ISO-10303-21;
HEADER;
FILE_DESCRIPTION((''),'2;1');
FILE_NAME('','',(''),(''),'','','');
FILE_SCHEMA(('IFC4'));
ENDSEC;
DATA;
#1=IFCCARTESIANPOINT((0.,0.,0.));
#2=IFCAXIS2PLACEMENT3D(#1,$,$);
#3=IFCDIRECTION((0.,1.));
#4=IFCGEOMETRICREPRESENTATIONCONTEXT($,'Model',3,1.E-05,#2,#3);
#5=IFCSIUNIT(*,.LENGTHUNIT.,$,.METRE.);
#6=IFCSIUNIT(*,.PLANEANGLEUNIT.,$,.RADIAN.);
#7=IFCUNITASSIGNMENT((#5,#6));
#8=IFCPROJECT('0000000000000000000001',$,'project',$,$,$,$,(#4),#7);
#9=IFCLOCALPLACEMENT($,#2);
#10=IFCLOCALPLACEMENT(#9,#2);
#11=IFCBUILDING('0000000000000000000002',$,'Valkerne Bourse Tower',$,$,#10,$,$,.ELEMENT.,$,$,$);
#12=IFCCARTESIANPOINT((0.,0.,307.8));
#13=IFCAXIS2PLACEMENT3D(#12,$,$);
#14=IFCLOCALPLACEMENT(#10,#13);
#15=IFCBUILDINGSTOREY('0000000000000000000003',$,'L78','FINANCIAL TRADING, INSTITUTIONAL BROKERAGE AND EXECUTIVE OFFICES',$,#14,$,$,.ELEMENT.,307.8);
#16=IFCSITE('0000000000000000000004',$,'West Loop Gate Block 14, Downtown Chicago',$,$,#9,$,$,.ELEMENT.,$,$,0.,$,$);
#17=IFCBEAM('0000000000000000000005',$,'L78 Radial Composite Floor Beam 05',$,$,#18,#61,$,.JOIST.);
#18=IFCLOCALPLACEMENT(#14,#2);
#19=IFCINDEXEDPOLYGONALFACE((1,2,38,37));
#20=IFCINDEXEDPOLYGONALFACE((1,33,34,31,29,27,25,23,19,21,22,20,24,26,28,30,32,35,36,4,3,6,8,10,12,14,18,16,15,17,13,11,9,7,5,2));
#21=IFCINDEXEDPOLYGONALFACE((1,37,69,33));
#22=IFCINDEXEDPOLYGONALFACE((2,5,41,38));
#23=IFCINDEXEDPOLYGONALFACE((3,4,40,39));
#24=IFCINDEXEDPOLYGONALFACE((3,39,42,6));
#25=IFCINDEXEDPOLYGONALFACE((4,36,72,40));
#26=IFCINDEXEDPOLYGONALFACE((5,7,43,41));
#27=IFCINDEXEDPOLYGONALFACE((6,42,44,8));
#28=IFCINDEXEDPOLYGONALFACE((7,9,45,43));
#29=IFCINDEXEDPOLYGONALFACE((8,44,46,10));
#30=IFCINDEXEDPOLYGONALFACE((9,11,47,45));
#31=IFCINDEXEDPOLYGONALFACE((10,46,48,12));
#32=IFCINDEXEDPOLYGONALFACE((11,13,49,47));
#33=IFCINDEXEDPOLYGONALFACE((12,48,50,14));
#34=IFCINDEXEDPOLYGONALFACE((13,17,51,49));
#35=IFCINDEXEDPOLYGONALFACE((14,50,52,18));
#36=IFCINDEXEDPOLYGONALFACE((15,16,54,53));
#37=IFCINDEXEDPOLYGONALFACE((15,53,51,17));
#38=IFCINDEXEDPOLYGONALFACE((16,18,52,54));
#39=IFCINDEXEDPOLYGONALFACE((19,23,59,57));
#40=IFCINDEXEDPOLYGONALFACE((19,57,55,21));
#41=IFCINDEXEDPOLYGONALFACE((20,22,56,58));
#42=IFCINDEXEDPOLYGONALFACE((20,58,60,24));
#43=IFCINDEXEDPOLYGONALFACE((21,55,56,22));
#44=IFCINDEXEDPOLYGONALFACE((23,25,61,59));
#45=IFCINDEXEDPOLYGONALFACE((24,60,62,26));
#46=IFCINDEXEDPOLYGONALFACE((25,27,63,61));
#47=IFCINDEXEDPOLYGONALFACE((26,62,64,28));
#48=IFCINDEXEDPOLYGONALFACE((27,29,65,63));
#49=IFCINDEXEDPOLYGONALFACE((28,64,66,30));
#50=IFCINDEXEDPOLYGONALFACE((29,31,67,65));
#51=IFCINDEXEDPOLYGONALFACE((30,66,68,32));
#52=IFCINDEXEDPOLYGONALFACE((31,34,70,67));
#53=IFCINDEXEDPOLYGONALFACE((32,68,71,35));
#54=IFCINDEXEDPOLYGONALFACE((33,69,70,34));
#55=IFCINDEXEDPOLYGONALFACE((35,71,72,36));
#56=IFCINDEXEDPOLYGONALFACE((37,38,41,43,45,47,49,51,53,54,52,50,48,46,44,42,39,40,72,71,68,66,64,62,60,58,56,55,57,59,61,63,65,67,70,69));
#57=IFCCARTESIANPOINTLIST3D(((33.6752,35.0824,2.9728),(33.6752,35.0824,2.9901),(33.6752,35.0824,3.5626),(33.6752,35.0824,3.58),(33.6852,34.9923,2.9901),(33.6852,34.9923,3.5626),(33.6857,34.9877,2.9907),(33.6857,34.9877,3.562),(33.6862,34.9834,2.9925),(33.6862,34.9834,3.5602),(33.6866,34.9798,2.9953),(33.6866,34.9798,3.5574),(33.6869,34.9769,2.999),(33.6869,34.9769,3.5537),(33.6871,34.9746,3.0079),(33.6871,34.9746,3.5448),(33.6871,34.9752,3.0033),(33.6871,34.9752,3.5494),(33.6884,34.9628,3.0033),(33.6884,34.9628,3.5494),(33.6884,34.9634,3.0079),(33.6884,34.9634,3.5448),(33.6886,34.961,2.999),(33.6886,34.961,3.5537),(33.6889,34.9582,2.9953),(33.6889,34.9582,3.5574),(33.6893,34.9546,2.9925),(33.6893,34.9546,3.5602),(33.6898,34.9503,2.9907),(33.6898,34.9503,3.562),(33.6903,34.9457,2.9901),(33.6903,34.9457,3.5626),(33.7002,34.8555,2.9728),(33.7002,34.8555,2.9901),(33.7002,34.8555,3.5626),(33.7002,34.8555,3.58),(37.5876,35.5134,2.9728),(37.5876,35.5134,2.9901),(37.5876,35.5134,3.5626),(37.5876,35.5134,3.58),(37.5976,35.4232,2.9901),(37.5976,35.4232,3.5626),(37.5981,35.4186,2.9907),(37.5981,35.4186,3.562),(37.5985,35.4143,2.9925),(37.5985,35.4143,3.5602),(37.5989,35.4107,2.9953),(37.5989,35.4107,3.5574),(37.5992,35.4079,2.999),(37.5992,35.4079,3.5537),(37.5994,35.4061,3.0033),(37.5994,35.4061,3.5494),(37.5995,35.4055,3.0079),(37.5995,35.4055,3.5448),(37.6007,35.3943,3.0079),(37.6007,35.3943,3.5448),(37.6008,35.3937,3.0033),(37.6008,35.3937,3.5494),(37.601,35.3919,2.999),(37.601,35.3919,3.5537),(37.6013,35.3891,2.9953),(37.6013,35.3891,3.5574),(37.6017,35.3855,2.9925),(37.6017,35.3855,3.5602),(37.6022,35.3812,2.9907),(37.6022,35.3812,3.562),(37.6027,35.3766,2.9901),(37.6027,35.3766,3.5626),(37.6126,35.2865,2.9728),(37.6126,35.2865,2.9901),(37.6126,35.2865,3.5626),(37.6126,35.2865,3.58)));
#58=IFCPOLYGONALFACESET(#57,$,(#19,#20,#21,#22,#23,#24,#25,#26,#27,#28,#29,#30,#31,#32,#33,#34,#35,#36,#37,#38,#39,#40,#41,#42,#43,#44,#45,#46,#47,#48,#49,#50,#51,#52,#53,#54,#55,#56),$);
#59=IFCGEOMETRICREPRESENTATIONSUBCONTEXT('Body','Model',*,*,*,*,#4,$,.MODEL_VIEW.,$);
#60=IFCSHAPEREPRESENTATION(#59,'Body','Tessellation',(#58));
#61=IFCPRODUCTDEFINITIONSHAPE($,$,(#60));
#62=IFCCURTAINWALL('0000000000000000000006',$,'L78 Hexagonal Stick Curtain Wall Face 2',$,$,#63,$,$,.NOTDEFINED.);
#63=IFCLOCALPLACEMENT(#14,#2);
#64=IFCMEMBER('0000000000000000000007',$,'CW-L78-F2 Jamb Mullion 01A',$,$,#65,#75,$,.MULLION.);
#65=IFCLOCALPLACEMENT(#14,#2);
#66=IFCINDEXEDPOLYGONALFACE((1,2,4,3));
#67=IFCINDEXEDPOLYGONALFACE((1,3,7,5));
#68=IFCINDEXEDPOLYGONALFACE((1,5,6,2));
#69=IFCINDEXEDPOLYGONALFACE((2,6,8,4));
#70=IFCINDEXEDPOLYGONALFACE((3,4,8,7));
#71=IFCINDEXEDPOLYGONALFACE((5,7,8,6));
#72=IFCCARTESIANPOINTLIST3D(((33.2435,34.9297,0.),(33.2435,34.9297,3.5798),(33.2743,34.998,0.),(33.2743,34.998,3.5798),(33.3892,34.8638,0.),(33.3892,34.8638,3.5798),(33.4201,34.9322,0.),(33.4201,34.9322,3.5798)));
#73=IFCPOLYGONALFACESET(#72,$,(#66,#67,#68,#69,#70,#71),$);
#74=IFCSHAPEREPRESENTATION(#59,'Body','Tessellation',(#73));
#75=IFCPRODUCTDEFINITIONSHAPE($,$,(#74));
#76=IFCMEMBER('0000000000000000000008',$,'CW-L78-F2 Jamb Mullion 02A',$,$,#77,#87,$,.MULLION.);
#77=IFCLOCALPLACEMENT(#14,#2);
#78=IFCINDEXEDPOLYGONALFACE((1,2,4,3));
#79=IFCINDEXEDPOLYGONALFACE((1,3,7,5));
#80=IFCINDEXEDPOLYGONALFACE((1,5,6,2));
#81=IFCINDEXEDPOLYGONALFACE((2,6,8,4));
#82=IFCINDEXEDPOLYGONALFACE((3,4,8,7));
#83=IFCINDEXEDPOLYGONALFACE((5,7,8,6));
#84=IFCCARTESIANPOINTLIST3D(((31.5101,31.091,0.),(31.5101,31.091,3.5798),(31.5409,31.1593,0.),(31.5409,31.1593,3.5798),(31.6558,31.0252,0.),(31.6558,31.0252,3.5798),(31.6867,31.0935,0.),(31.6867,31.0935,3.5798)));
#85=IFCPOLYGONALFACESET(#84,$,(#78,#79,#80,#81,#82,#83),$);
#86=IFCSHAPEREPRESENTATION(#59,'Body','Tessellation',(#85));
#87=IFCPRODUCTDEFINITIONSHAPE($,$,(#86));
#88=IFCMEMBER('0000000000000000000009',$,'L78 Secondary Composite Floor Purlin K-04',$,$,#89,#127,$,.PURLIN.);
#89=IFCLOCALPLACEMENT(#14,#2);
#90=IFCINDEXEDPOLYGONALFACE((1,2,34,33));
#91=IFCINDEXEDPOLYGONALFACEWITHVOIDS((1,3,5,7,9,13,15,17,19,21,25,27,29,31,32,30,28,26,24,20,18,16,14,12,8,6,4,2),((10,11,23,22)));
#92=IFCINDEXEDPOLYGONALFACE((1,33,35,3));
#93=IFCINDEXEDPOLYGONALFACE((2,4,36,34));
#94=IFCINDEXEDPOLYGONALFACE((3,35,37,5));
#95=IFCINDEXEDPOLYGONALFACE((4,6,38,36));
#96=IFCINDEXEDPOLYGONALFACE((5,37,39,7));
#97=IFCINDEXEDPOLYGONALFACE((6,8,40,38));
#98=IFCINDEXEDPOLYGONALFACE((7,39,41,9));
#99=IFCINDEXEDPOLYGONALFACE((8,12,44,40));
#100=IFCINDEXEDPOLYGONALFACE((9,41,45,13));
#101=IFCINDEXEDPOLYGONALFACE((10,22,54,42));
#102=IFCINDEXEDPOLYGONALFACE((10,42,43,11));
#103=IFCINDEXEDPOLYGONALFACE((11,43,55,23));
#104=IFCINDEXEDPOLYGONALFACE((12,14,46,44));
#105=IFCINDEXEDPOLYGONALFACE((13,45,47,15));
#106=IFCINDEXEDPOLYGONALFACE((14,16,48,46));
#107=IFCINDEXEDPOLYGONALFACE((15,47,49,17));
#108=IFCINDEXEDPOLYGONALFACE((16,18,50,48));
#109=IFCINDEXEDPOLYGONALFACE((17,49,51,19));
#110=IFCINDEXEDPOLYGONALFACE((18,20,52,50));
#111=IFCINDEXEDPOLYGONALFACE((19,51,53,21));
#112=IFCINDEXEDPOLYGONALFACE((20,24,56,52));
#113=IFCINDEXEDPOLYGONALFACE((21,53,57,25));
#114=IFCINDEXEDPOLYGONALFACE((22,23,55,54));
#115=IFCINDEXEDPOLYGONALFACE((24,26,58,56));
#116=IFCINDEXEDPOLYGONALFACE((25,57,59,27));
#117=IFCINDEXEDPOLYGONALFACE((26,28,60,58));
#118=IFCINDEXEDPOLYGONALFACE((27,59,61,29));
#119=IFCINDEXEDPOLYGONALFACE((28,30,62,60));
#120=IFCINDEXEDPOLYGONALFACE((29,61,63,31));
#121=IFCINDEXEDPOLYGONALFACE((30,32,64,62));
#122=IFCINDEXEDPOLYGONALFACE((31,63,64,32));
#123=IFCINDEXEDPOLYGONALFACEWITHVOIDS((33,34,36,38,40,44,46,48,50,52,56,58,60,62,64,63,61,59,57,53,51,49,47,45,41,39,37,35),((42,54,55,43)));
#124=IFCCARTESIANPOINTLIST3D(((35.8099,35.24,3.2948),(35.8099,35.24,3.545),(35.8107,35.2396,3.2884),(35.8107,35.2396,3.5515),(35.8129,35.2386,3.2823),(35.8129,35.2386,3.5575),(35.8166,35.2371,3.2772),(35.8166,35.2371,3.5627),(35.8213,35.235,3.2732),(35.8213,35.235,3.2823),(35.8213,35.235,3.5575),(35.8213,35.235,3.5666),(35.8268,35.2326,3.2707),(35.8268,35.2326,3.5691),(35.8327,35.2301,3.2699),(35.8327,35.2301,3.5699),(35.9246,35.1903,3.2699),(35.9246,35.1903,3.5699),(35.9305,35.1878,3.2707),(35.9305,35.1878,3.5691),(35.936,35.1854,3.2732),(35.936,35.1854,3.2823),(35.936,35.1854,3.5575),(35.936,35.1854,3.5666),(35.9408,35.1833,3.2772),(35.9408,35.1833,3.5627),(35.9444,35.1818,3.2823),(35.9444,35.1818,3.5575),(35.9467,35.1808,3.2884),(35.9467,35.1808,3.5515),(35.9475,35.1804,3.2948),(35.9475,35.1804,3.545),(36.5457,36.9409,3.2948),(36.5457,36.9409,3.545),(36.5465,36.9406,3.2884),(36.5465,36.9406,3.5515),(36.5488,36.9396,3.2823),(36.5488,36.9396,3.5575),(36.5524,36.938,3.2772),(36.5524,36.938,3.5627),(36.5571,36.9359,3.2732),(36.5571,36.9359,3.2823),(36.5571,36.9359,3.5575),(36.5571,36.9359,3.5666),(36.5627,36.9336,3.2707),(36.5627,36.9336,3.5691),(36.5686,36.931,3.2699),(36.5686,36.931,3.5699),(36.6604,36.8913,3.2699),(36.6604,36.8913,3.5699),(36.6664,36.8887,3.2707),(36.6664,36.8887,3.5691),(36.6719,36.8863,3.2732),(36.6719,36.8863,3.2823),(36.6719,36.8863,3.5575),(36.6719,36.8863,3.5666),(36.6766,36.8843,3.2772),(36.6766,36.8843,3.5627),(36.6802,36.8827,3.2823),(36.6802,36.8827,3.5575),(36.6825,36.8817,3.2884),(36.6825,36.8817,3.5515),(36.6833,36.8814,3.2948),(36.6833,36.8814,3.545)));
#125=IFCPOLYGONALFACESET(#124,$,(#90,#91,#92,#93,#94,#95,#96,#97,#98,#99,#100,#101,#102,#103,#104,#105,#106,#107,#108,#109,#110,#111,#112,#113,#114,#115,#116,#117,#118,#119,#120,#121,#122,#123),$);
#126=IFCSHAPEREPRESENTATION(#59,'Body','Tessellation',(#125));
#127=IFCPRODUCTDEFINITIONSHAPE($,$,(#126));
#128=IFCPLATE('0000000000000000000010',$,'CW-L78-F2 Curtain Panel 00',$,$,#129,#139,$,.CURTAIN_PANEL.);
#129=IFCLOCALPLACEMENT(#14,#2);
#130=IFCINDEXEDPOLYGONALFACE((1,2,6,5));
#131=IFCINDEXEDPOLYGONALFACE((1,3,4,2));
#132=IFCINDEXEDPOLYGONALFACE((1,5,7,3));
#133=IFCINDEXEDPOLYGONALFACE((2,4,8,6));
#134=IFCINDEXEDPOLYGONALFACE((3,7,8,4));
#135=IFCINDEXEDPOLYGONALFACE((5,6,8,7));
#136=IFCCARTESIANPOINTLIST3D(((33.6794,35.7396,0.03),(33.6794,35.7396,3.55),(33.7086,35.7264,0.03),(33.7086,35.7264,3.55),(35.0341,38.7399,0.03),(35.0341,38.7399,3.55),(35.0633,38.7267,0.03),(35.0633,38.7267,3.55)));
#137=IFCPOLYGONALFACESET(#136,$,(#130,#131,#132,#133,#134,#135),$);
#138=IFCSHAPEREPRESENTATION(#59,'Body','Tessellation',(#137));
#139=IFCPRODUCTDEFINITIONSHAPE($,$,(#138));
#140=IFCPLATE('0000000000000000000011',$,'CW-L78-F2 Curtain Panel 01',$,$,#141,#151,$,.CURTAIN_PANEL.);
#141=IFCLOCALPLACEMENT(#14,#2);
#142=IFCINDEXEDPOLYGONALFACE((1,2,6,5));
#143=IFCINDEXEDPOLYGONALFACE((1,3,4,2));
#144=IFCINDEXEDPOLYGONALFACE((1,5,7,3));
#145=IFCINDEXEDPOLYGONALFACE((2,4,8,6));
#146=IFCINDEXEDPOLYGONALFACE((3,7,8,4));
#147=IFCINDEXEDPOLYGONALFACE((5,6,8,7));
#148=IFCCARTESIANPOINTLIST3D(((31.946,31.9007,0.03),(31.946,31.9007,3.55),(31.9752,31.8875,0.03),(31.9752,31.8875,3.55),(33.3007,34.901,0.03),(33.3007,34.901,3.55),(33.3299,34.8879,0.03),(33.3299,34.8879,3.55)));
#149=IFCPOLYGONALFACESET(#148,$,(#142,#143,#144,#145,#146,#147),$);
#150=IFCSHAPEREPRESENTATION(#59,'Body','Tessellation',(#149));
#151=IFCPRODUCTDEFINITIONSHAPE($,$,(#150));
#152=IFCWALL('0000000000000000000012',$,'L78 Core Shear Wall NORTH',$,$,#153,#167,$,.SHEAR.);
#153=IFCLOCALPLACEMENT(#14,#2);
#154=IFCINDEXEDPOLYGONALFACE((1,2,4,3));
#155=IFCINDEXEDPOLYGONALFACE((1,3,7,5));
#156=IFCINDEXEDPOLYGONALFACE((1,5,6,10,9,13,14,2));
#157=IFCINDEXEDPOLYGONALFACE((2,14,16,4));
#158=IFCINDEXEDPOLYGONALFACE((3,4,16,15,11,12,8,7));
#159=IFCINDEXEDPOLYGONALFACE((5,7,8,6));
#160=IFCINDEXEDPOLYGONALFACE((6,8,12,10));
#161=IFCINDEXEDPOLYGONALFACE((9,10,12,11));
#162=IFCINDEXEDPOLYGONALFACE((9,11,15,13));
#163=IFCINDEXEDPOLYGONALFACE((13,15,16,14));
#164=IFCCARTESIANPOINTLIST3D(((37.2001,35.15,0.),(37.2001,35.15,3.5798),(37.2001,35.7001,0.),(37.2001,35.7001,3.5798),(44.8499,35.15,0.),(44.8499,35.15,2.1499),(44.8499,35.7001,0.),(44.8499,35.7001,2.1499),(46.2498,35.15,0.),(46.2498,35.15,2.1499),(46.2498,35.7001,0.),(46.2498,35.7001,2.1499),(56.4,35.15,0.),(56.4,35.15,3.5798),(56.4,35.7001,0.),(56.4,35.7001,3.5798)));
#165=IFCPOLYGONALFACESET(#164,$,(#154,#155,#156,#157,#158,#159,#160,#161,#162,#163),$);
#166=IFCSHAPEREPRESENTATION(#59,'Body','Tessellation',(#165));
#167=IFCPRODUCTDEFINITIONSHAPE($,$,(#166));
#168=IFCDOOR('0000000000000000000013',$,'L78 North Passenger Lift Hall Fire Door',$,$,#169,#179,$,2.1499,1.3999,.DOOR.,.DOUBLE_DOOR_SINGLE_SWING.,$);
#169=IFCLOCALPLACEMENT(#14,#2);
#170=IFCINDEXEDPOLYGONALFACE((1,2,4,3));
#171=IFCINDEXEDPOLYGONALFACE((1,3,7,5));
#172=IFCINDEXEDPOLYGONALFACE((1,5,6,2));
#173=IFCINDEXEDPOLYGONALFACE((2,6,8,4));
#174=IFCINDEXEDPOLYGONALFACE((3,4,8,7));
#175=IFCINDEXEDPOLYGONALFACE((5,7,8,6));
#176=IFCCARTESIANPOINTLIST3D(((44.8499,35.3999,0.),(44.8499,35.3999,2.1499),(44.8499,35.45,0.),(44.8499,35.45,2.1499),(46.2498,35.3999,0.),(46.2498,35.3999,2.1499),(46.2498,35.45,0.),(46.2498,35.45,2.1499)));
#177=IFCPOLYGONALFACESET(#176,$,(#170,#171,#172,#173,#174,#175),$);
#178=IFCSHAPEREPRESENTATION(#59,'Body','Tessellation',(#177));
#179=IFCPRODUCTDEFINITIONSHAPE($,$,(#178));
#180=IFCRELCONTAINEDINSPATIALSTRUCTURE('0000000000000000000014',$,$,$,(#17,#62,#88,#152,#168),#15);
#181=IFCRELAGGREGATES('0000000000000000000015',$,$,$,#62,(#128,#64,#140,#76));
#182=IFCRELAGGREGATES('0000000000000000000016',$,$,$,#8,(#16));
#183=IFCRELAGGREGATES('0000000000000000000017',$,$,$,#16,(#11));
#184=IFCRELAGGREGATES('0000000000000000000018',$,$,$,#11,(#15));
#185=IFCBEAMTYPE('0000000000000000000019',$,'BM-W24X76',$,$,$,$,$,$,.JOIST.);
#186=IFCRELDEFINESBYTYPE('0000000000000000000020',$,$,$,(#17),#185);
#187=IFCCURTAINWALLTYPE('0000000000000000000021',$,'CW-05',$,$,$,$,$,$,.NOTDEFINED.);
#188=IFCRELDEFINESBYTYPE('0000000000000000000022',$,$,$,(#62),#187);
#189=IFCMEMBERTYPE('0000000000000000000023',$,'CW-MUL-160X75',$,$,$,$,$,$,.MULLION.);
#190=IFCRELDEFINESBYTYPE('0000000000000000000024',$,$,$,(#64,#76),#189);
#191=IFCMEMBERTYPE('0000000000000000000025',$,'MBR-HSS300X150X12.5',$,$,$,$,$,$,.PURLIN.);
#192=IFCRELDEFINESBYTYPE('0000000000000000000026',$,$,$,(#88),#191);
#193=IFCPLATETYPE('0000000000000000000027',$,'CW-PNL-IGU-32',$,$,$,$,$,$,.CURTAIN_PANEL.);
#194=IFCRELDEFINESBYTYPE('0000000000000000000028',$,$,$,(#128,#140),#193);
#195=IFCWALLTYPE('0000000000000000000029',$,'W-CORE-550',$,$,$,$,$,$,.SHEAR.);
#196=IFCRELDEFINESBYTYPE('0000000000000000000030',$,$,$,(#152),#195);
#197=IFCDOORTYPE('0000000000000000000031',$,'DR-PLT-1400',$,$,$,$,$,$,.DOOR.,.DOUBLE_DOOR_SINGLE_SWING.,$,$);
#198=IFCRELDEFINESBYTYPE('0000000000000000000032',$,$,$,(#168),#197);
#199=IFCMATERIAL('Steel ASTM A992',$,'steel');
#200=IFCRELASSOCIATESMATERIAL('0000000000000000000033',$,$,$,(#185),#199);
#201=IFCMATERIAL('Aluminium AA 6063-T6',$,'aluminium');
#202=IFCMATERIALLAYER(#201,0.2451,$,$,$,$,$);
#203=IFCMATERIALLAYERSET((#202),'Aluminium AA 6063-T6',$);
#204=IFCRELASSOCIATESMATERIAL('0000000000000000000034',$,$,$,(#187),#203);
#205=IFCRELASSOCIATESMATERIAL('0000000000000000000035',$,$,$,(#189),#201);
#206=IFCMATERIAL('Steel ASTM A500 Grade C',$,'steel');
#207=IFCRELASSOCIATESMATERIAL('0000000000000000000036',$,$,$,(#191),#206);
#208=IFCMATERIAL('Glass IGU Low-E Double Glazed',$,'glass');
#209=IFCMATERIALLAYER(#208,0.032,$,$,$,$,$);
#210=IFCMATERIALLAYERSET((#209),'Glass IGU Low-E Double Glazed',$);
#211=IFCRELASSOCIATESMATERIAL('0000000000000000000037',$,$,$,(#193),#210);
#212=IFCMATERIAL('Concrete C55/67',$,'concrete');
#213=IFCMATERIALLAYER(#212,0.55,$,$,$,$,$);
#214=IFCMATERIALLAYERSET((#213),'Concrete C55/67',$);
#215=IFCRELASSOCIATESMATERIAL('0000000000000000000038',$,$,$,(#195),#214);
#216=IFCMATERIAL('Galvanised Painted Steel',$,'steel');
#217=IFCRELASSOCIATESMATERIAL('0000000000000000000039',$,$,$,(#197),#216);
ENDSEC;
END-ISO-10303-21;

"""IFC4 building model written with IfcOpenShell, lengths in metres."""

from ifc_helpers import new_model, si_unit, direction, frame, frame_2d, origin, origin_2d, place, context, subcontext, project, spatial, rectangle, hollow_rectangle, i_section, extrude, material, layer, layer_set, material_profile, profile_set, type_object, element, fill, aggregate, save


model = new_model("IFC4")

# Units and contexts
model_context = context("Model", 3, precision=1e-05, world=origin(), true_north=direction((0.0, 1.0)))
body_context = subcontext(model_context, "Body", "Model", "MODEL_VIEW")
ifc_project = project(units=[si_unit("LENGTHUNIT", "METRE"), si_unit("PLANEANGLEUNIT", "RADIAN")], contexts=[model_context])

# Site, building, storey
site_placement = place(None, origin())
site = spatial("IfcSite", under=ifc_project, at=site_placement, Name="West Loop Gate Block 14, Downtown Chicago", CompositionType="ELEMENT", RefElevation=0.0)
building_placement = place(site_placement, origin())
building = spatial("IfcBuilding", under=site, at=building_placement, Name="Valkerne Bourse Tower", CompositionType="ELEMENT")
storey_placement = place(building_placement, frame((0.0, 0.0, 307.8)))
storey = spatial("IfcBuildingStorey", under=building, at=storey_placement, Name="L78", Description="FINANCIAL TRADING, INSTITUTIONAL BROKERAGE AND EXECUTIVE OFFICES", CompositionType="ELEMENT", Elevation=307.8)

# Beam
ifc_material_1 = material(Name="Steel ASTM A992", Category="steel")
ifc_material_profile_1 = material_profile(ifc_material_1, i_section(OverallWidth=0.2283, OverallDepth=0.6072, WebThickness=0.0112, FlangeThickness=0.0173, FilletRadius=0.0178, at=origin_2d()), Name="W24X76")
ifc_profile_set_1 = profile_set([ifc_material_profile_1], Name="Steel ASTM A992")
beam_type_1 = type_object("IfcBeamType", Name="BM-W24X76", PredefinedType="JOIST", material=ifc_profile_set_1)
beam_1_placement = place(storey_placement, frame((33.6877, 34.969, 3.2764), z_axis=(0.993989, 0.109478, 0.0), x_axis=(-0.109478, 0.993989, 0.0)))
element("IfcBeam", 1, at=beam_1_placement, inside=storey, type_object=beam_type_1, Name="L78 Radial Composite Floor Beam 05", PredefinedType="JOIST", context=body_context, shape_type="SweptSolid", body=[
    extrude(i_section(OverallWidth=0.2283, OverallDepth=0.6072, WebThickness=0.0112, FlangeThickness=0.0173, FilletRadius=0.0178, at=origin_2d()), origin(), (0.0, 0.0, 1.0), 3.936),
])

# Curtain wall, members
ifc_material_2 = material(Name="Aluminium AA 6063-T6", Category="aluminium")
ifc_layer_1 = layer(ifc_material_2, 0.2451)
ifc_layer_set_1 = layer_set([ifc_layer_1], Name="Aluminium AA 6063-T6")
curtain_wall_type = type_object("IfcCurtainWallType", Name="CW-05", PredefinedType="NOTDEFINED", material=ifc_layer_set_1)
curtain_wall_placement = place(storey_placement, origin())
curtain_wall = element("IfcCurtainWall", 2, at=curtain_wall_placement, inside=storey, type_object=curtain_wall_type, Name="L78 Hexagonal Stick Curtain Wall Face 2", PredefinedType="NOTDEFINED")
ifc_material_profile_2 = material_profile(ifc_material_2, rectangle(XDim=0.075, YDim=0.1599, at=origin_2d()), Name="CWM-75X160")
ifc_profile_set_2 = profile_set([ifc_material_profile_2], Name="Aluminium AA 6063-T6")
member_type_1 = type_object("IfcMemberType", Name="CW-MUL-160X75", PredefinedType="MULLION", material=ifc_profile_set_2)
member_1_placement = place(storey_placement, frame((33.3318, 34.9309, 0.0), z_axis=(0.0, 0.0, 1.0), x_axis=(-0.411517, -0.911402, 0.0)))
member_1 = element("IfcMember", 3, at=member_1_placement, type_object=member_type_1, Name="CW-L78-F2 Jamb Mullion 01A", PredefinedType="MULLION", context=body_context, shape_type="SweptSolid", body=[
    extrude(rectangle(XDim=0.075, YDim=0.1599, at=origin_2d()), origin(), (0.0, 0.0, 1.0), 3.5798),
])
member_2_placement = place(storey_placement, frame((31.5984, 31.0923, 0.0), z_axis=(0.0, 0.0, 1.0), x_axis=(-0.411517, -0.911402, 0.0)))
member_2 = element("IfcMember", 4, at=member_2_placement, type_object=member_type_1, Name="CW-L78-F2 Jamb Mullion 02A", PredefinedType="MULLION", context=body_context, shape_type="SweptSolid", body=[
    extrude(rectangle(XDim=0.075, YDim=0.1599, at=origin_2d()), origin(), (0.0, 0.0, 1.0), 3.5798),
])

# Member
ifc_material_3 = material(Name="Steel ASTM A500 Grade C", Category="steel")
ifc_material_profile_3 = material_profile(ifc_material_3, hollow_rectangle(XDim=0.1499, YDim=0.3, WallThickness=0.0125, OuterFilletRadius=0.0249, at=origin_2d()), Name="HSS300X150X12.5")
ifc_profile_set_3 = profile_set([ifc_material_profile_3], Name="Steel ASTM A500 Grade C")
member_type_2 = type_object("IfcMemberType", Name="MBR-HSS300X150X12.5", PredefinedType="PURLIN", material=ifc_profile_set_3)
member_3_placement = place(storey_placement, frame((36.6145, 36.9111, 3.4199), z_axis=(-0.397049, -0.917797, 0.0), x_axis=(0.917797, -0.397049, 0.0)))
element("IfcMember", 5, at=member_3_placement, inside=storey, type_object=member_type_2, Name="L78 Secondary Composite Floor Purlin K-04", PredefinedType="PURLIN", context=body_context, shape_type="SweptSolid", body=[
    extrude(hollow_rectangle(XDim=0.1499, YDim=0.3, WallThickness=0.0125, OuterFilletRadius=0.0249, at=origin_2d()), origin(), (0.0, 0.0, 1.0), 1.8533),
])

# Plates
ifc_material_4 = material(Name="Glass IGU Low-E Double Glazed", Category="glass")
ifc_layer_2 = layer(ifc_material_4, 0.032)
ifc_layer_set_2 = layer_set([ifc_layer_2], Name="Glass IGU Low-E Double Glazed")
plate_type = type_object("IfcPlateType", Name="CW-PNL-IGU-32", PredefinedType="CURTAIN_PANEL", material=ifc_layer_set_2)
plate_1_placement = place(storey_placement, frame((34.3713, 37.2332, 0.03), z_axis=(0.0, 0.0, 1.0), x_axis=(-0.411517, -0.911402, 0.0)))
plate_1 = element("IfcPlate", 6, at=plate_1_placement, type_object=plate_type, Name="CW-L78-F2 Curtain Panel 00", PredefinedType="CURTAIN_PANEL", context=body_context, shape_type="SweptSolid", body=[
    extrude(rectangle(XDim=3.292, YDim=0.032, at=origin_2d()), origin(), (0.0, 0.0, 1.0), 3.52),
])
plate_2_placement = place(storey_placement, frame((32.6379, 33.3943, 0.03), z_axis=(0.0, 0.0, 1.0), x_axis=(-0.411517, -0.911402, 0.0)))
plate_2 = element("IfcPlate", 7, at=plate_2_placement, type_object=plate_type, Name="CW-L78-F2 Curtain Panel 01", PredefinedType="CURTAIN_PANEL", context=body_context, shape_type="SweptSolid", body=[
    extrude(rectangle(XDim=3.292, YDim=0.032, at=origin_2d()), origin(), (0.0, 0.0, 1.0), 3.52),
])
aggregate(curtain_wall, [plate_1, member_1, plate_2, member_2])

# Wall, opening, door
ifc_material_5 = material(Name="Concrete C55/67", Category="concrete")
ifc_layer_3 = layer(ifc_material_5, 0.55)
ifc_layer_set_3 = layer_set([ifc_layer_3], Name="Concrete C55/67")
wall_type_1 = type_object("IfcWallType", Name="W-CORE-550", PredefinedType="SHEAR", material=ifc_layer_set_3)
wall_1_placement = place(storey_placement, frame((37.2, 35.425, 0.0), z_axis=(0.0, 0.0, 1.0), x_axis=(1.0, 0.0, 0.0)))
wall_1 = element("IfcWall", 8, at=wall_1_placement, inside=storey, type_object=wall_type_1, Name="L78 Core Shear Wall NORTH", PredefinedType="SHEAR", context=body_context, shape_type="SweptSolid", body=[
    extrude(rectangle(XDim=19.2, YDim=0.55, at=frame_2d((9.6001, 0.0))), origin(), (0.0, 0.0, 1.0), 3.5798),
])
opening_placement = place(wall_1_placement, frame((7.6499, 0.0, 0.0)))
opening = element("IfcOpeningElement", 9, at=opening_placement, cuts=wall_1, PredefinedType="OPENING", context=body_context, shape_type="SweptSolid", body=[
    extrude(rectangle(XDim=1.3999, YDim=2.1499, at=frame_2d((0.7, 1.075))), frame((0.0, 0.2849, 0.0), z_axis=(0.0, -1.0, 0.0), x_axis=(1.0, 0.0, 0.0)), (0.0, 0.0, 1.0), 0.5701),
])
ifc_material_6 = material(Name="Galvanised Painted Steel", Category="steel")
door_type = type_object("IfcDoorType", Name="DR-PLT-1400", OperationType="DOUBLE_DOOR_SINGLE_SWING", PredefinedType="DOOR", material=ifc_material_6)
door_placement = place(opening_placement, origin())
door = element("IfcDoor", 10, at=door_placement, inside=storey, type_object=door_type, Name="L78 North Passenger Lift Hall Fire Door", OperationType="DOUBLE_DOOR_SINGLE_SWING", OverallHeight=2.1499, OverallWidth=1.3999, PredefinedType="DOOR", context=body_context, shape_type="SweptSolid", body=[
    extrude(rectangle(XDim=1.3999, YDim=2.1499, at=frame_2d((0.7, 1.075))), frame((0.0, 0.0249, 0.0), z_axis=(0.0, -1.0, 0.0), x_axis=(1.0, 0.0, 0.0)), (0.0, 0.0, 1.0), 0.05),
])
fill(opening, door)

save(model, "model.ifc")
